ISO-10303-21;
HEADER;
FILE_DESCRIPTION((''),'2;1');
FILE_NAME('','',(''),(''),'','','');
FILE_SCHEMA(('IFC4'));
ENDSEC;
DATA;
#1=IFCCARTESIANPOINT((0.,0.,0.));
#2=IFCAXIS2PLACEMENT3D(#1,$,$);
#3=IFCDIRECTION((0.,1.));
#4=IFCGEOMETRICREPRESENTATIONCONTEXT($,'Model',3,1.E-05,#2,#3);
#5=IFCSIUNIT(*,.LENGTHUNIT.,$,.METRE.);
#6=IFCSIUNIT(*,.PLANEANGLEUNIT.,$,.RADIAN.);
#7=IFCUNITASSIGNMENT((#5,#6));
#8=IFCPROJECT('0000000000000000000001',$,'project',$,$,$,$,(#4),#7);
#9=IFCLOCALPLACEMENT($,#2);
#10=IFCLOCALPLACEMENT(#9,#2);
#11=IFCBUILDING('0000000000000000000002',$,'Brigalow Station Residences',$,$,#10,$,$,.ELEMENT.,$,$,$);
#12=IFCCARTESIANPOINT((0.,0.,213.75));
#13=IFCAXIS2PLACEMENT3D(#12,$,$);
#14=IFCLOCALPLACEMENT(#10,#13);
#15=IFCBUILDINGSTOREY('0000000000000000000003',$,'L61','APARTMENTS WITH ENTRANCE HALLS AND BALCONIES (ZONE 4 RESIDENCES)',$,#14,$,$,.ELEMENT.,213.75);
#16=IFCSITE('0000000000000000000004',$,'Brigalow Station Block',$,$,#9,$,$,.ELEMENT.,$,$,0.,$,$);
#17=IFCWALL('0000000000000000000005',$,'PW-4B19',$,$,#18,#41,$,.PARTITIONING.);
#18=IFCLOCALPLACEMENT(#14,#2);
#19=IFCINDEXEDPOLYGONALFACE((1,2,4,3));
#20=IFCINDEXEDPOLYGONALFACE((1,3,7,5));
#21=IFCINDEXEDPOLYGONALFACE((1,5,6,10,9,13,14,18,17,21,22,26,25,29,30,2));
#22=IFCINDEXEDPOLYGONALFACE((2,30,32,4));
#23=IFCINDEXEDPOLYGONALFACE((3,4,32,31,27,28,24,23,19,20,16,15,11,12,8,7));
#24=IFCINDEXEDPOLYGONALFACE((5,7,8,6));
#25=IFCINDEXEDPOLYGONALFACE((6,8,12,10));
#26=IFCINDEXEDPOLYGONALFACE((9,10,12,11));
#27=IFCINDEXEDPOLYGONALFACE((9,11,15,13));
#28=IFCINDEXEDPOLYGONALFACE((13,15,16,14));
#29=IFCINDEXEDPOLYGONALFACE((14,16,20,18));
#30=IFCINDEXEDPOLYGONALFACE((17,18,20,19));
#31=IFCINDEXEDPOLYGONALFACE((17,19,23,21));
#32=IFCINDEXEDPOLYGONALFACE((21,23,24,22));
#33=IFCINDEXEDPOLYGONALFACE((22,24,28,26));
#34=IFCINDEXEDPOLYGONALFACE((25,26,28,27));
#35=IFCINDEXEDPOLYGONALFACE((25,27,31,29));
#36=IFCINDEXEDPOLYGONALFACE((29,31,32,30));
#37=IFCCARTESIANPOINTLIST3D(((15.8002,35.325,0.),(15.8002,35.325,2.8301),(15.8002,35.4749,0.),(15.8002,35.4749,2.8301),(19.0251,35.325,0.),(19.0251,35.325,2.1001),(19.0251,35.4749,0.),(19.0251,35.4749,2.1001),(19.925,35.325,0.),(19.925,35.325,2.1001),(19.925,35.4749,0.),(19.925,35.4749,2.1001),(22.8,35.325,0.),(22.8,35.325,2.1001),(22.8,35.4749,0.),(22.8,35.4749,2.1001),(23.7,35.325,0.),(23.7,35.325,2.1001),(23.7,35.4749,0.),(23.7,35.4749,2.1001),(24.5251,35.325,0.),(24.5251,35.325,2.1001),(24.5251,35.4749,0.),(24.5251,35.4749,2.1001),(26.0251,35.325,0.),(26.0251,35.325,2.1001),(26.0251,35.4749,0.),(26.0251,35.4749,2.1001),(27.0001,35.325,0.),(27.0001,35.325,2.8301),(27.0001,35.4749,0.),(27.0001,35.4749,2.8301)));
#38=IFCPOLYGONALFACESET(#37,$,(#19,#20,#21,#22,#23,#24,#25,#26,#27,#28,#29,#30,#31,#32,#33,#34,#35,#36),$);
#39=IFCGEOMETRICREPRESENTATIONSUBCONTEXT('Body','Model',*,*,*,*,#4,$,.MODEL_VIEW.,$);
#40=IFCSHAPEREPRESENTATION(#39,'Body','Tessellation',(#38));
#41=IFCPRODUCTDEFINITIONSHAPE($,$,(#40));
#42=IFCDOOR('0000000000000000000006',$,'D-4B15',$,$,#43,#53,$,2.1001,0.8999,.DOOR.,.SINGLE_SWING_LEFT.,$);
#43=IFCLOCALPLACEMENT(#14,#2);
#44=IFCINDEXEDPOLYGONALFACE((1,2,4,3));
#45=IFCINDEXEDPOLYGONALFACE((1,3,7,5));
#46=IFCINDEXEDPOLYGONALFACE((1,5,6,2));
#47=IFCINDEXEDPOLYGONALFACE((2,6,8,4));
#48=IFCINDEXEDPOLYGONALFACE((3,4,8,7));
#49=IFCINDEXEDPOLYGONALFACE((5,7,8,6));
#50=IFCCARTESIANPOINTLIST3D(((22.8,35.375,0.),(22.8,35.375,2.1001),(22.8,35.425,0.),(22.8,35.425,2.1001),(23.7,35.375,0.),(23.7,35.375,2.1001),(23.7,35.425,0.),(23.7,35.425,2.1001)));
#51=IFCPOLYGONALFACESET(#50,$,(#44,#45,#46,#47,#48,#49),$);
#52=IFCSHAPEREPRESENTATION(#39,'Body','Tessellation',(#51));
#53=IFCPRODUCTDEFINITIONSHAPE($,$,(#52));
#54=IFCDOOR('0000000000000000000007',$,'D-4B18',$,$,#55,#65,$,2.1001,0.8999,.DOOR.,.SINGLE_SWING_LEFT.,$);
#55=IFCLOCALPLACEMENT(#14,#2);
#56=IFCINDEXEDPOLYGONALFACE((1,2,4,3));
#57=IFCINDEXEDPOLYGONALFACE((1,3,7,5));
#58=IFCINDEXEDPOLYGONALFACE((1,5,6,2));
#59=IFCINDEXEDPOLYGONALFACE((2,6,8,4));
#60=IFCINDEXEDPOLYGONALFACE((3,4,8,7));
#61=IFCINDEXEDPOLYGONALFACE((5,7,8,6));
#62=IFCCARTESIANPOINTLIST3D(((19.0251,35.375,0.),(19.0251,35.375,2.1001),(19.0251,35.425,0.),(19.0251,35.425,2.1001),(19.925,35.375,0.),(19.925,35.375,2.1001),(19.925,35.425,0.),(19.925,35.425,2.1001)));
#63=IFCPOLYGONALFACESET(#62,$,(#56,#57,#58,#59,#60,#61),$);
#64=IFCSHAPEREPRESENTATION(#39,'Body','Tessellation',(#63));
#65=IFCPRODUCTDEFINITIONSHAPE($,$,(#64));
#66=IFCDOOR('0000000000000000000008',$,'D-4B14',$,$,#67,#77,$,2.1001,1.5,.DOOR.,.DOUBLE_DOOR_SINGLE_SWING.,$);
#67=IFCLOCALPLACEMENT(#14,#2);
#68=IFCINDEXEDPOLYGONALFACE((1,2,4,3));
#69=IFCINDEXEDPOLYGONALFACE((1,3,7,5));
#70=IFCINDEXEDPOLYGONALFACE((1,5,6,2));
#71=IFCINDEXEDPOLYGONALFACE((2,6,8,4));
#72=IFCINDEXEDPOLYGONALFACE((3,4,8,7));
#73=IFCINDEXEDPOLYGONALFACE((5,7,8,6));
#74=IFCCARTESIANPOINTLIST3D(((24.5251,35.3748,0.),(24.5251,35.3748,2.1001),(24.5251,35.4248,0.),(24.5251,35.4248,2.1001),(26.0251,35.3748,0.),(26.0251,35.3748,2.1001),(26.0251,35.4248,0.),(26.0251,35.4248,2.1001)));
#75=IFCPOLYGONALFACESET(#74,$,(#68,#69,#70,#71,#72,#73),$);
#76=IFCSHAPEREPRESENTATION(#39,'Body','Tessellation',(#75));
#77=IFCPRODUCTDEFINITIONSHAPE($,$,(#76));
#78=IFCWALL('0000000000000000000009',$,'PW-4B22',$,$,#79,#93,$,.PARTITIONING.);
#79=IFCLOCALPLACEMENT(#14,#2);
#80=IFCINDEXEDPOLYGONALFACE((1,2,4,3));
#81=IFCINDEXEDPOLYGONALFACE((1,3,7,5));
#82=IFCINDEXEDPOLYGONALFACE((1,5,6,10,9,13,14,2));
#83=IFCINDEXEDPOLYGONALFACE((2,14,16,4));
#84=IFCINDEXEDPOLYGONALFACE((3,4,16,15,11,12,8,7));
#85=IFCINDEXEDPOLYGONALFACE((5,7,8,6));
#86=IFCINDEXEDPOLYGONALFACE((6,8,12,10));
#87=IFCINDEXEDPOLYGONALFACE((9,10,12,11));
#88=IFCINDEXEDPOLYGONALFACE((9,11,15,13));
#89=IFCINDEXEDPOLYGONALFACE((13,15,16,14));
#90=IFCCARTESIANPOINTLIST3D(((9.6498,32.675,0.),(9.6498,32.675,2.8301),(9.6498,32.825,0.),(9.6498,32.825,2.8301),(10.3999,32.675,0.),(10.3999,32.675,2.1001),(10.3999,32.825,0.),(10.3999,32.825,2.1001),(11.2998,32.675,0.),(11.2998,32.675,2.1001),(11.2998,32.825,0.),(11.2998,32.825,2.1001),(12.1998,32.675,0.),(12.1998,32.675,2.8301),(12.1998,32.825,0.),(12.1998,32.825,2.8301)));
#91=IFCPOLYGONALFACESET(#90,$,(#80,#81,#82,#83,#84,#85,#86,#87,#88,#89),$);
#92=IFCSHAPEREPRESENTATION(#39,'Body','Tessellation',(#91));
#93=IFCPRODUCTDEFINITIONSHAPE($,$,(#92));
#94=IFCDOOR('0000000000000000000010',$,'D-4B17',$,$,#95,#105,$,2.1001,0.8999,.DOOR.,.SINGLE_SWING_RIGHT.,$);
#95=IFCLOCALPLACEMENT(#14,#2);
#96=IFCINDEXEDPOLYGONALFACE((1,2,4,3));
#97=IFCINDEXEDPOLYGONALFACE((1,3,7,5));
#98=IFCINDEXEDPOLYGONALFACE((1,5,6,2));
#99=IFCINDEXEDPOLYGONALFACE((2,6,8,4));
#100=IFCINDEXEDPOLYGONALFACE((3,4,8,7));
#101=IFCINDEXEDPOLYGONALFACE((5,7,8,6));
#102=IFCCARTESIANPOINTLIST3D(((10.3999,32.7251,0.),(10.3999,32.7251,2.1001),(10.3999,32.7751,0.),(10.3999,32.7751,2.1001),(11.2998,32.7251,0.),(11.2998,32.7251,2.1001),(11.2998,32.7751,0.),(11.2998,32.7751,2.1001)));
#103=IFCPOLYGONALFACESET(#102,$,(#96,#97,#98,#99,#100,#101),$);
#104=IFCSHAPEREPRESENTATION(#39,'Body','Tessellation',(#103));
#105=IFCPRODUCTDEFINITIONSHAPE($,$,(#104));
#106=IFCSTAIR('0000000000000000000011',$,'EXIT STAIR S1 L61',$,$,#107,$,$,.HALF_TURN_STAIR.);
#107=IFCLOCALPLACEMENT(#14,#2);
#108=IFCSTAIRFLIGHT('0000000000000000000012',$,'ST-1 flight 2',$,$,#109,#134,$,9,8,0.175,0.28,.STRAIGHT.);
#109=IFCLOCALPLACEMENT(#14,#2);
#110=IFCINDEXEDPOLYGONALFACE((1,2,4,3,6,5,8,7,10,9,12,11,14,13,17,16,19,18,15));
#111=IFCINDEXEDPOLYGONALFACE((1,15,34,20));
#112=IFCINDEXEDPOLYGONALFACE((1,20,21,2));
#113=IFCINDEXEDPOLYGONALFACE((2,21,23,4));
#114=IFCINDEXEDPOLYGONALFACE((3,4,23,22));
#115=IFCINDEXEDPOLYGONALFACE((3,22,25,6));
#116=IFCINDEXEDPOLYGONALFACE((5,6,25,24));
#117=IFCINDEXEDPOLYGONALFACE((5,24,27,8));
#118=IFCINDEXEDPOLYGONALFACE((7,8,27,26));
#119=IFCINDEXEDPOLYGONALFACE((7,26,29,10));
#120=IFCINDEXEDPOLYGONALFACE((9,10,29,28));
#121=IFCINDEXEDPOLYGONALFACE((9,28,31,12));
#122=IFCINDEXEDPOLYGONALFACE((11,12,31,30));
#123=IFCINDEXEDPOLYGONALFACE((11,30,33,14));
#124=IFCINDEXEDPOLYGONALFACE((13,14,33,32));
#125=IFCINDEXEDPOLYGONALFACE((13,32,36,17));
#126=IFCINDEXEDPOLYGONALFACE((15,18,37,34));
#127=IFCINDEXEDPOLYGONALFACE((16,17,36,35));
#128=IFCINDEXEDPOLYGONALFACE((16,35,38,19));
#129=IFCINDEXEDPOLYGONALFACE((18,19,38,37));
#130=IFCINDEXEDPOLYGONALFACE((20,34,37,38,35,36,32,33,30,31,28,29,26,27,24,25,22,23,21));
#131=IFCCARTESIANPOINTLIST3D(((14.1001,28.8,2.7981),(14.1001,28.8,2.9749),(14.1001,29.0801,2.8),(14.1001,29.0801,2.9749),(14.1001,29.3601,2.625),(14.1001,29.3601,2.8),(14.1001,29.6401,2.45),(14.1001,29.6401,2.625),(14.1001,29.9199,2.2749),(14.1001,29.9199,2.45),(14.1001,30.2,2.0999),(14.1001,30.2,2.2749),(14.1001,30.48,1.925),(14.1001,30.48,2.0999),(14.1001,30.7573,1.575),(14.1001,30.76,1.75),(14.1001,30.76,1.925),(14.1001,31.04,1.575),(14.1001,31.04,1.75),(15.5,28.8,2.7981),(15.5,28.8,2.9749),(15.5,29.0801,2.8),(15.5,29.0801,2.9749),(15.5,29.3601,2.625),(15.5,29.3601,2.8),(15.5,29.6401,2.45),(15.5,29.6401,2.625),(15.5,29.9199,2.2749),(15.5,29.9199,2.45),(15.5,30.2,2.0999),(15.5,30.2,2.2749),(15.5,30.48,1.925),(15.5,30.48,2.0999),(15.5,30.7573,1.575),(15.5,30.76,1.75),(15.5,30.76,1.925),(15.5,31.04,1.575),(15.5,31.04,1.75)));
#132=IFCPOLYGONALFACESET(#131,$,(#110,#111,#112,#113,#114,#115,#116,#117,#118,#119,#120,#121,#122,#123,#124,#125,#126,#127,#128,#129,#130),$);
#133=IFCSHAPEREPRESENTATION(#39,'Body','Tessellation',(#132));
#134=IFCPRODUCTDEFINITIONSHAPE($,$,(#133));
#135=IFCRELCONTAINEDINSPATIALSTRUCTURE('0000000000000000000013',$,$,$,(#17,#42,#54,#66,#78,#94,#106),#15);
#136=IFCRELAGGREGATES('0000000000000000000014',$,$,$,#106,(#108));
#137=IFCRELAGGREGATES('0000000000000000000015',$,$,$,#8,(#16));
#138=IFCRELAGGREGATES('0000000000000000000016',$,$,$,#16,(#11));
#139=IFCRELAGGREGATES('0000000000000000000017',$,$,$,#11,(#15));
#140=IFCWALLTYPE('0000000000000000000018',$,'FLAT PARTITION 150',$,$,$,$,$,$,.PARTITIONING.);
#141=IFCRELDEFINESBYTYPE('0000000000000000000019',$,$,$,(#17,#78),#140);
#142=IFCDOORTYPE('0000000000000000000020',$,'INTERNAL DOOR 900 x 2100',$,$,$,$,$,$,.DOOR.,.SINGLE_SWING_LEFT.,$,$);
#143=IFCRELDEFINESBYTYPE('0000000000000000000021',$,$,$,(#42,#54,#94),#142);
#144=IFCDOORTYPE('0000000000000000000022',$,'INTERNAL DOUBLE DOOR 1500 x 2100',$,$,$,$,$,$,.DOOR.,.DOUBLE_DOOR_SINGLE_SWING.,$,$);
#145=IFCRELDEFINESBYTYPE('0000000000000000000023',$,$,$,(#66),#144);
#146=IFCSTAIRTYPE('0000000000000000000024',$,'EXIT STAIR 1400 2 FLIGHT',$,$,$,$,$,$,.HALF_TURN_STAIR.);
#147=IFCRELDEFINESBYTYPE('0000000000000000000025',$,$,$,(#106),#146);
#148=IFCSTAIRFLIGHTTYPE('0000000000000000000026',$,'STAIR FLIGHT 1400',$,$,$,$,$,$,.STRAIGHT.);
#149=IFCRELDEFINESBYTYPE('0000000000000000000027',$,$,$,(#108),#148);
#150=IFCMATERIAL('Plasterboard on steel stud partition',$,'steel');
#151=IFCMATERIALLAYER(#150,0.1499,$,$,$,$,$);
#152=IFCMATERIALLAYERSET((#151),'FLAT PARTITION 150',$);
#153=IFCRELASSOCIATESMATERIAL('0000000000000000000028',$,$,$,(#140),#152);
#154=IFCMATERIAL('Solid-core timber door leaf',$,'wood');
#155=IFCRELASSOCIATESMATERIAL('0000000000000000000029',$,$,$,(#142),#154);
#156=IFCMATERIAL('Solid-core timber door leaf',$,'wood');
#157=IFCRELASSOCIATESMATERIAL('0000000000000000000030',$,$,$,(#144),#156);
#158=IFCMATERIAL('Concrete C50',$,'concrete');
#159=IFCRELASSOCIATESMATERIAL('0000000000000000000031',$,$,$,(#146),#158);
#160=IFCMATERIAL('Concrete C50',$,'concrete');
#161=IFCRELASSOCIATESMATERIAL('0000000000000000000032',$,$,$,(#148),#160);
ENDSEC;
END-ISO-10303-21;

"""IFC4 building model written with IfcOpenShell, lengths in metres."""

from ifc_helpers import new_model, si_unit, direction, frame, frame_2d, origin, place, context, subcontext, project, spatial, polyline, rectangle, outline, extrude, material, layer, layer_set, type_object, element, fill, aggregate, save


model = new_model("IFC4")

# Units and contexts
model_context = context("Model", 3, precision=1e-05, world=origin(), true_north=direction((0.0, 1.0)))
body_context = subcontext(model_context, "Body", "Model", "MODEL_VIEW")
ifc_project = project(units=[si_unit("LENGTHUNIT", "METRE"), si_unit("PLANEANGLEUNIT", "RADIAN")], contexts=[model_context])

# Site, building, storey
site_placement = place(None, origin())
site = spatial("IfcSite", under=ifc_project, at=site_placement, Name="Brigalow Station Block", CompositionType="ELEMENT", RefElevation=0.0)
building_placement = place(site_placement, origin())
building = spatial("IfcBuilding", under=site, at=building_placement, Name="Brigalow Station Residences", CompositionType="ELEMENT")
storey_placement = place(building_placement, frame((0.0, 0.0, 213.75)))
storey = spatial("IfcBuildingStorey", under=building, at=storey_placement, Name="L61", Description="APARTMENTS WITH ENTRANCE HALLS AND BALCONIES (ZONE 4 RESIDENCES)", CompositionType="ELEMENT", Elevation=213.75)

# Wall, openings, doors
ifc_material_1 = material(Name="Plasterboard on steel stud partition", Category="steel")
ifc_layer_1 = layer(ifc_material_1, 0.1499)
ifc_layer_set_1 = layer_set([ifc_layer_1], Name="FLAT PARTITION 150")
wall_type_1 = type_object("IfcWallType", Name="FLAT PARTITION 150", PredefinedType="PARTITIONING", material=ifc_layer_set_1)
wall_1_placement = place(storey_placement, frame((15.8, 35.3999, 0.0), z_axis=(0.0, 0.0, 1.0), x_axis=(1.0, 0.0, 0.0)))
wall_1 = element("IfcWall", 1, at=wall_1_placement, inside=storey, type_object=wall_type_1, Name="PW-4B19", PredefinedType="PARTITIONING", context=body_context, shape_type="SweptSolid", body=[
    extrude(rectangle(XDim=11.2, YDim=0.1499, at=frame_2d((5.6001, 0.0))), origin(), (0.0, 0.0, 1.0), 2.8301),
])
opening_1_placement = place(wall_1_placement, frame((8.7251, 0.0, 0.0)))
opening_1 = element("IfcOpeningElement", 2, at=opening_1_placement, cuts=wall_1, PredefinedType="OPENING", context=body_context, shape_type="SweptSolid", body=[
    extrude(rectangle(XDim=1.5, YDim=2.1001, at=frame_2d((0.75, 1.05))), frame((0.0, 0.085, 0.0), z_axis=(0.0, -1.0, 0.0), x_axis=(1.0, 0.0, 0.0)), (0.0, 0.0, 1.0), 0.1699),
])
opening_2_placement = place(wall_1_placement, frame((7.0, 0.0, 0.0)))
opening_2 = element("IfcOpeningElement", 3, at=opening_2_placement, cuts=wall_1, PredefinedType="OPENING", context=body_context, shape_type="SweptSolid", body=[
    extrude(rectangle(XDim=0.8999, YDim=2.1001, at=frame_2d((0.45, 1.05))), frame((0.0, 0.085, 0.0), z_axis=(0.0, -1.0, 0.0), x_axis=(1.0, 0.0, 0.0)), (0.0, 0.0, 1.0), 0.1699),
])
opening_3_placement = place(wall_1_placement, frame((3.2251, 0.0, 0.0)))
opening_3 = element("IfcOpeningElement", 4, at=opening_3_placement, cuts=wall_1, PredefinedType="OPENING", context=body_context, shape_type="SweptSolid", body=[
    extrude(rectangle(XDim=0.8999, YDim=2.1001, at=frame_2d((0.45, 1.05))), frame((0.0, 0.085, 0.0), z_axis=(0.0, -1.0, 0.0), x_axis=(1.0, 0.0, 0.0)), (0.0, 0.0, 1.0), 0.1699),
])
ifc_material_2 = material(Name="Solid-core timber door leaf", Category="wood")
door_type_1 = type_object("IfcDoorType", Name="INTERNAL DOOR 900 x 2100", OperationType="SINGLE_SWING_LEFT", PredefinedType="DOOR", material=ifc_material_2)
door_1_placement = place(opening_2_placement, frame((0.8999, 0.0, 0.0), z_axis=(0.0, 0.0, 1.0), x_axis=(-1.0, 0.0, 0.0)))
door_1 = element("IfcDoor", 5, at=door_1_placement, inside=storey, type_object=door_type_1, Name="D-4B15", OperationType="SINGLE_SWING_LEFT", OverallHeight=2.1001, OverallWidth=0.8999, PredefinedType="DOOR", context=body_context, shape_type="SweptSolid", body=[
    extrude(rectangle(XDim=0.8999, YDim=2.1001, at=frame_2d((0.45, 1.05))), frame((0.0, 0.0249, 0.0), z_axis=(0.0, -1.0, 0.0), x_axis=(1.0, 0.0, 0.0)), (0.0, 0.0, 1.0), 0.05),
])
fill(opening_2, door_1)
door_2_placement = place(opening_3_placement, frame((0.8999, 0.0, 0.0), z_axis=(0.0, 0.0, 1.0), x_axis=(-1.0, 0.0, 0.0)))
door_2 = element("IfcDoor", 6, at=door_2_placement, inside=storey, type_object=door_type_1, Name="D-4B18", OperationType="SINGLE_SWING_LEFT", OverallHeight=2.1001, OverallWidth=0.8999, PredefinedType="DOOR", context=body_context, shape_type="SweptSolid", body=[
    extrude(rectangle(XDim=0.8999, YDim=2.1001, at=frame_2d((0.45, 1.05))), frame((0.0, 0.0249, 0.0), z_axis=(0.0, -1.0, 0.0), x_axis=(1.0, 0.0, 0.0)), (0.0, 0.0, 1.0), 0.05),
])
fill(opening_3, door_2)
ifc_material_3 = material(Name="Solid-core timber door leaf", Category="wood")
door_type_2 = type_object("IfcDoorType", Name="INTERNAL DOUBLE DOOR 1500 x 2100", OperationType="DOUBLE_DOOR_SINGLE_SWING", PredefinedType="DOOR", material=ifc_material_3)
door_3_placement = place(opening_1_placement, origin())
door_3 = element("IfcDoor", 7, at=door_3_placement, inside=storey, type_object=door_type_2, Name="D-4B14", OperationType="DOUBLE_DOOR_SINGLE_SWING", OverallHeight=2.1001, OverallWidth=1.5, PredefinedType="DOOR", context=body_context, shape_type="SweptSolid", body=[
    extrude(rectangle(XDim=1.5, YDim=2.1001, at=frame_2d((0.75, 1.05))), frame((0.0, 0.0249, 0.0), z_axis=(0.0, -1.0, 0.0), x_axis=(1.0, 0.0, 0.0)), (0.0, 0.0, 1.0), 0.05),
])
fill(opening_1, door_3)

# Wall, opening, door
wall_2_placement = place(storey_placement, frame((9.6499, 32.75, 0.0), z_axis=(0.0, 0.0, 1.0), x_axis=(1.0, 0.0, 0.0)))
wall_2 = element("IfcWall", 8, at=wall_2_placement, inside=storey, type_object=wall_type_1, Name="PW-4B22", PredefinedType="PARTITIONING", context=body_context, shape_type="SweptSolid", body=[
    extrude(rectangle(XDim=2.55, YDim=0.1499, at=frame_2d((1.2749, 0.0))), origin(), (0.0, 0.0, 1.0), 2.8301),
])
opening_4_placement = place(wall_2_placement, frame((0.75, 0.0, 0.0)))
opening_4 = element("IfcOpeningElement", 9, at=opening_4_placement, cuts=wall_2, PredefinedType="OPENING", context=body_context, shape_type="SweptSolid", body=[
    extrude(rectangle(XDim=0.8999, YDim=2.1001, at=frame_2d((0.45, 1.05))), frame((0.0, 0.085, 0.0), z_axis=(0.0, -1.0, 0.0), x_axis=(1.0, 0.0, 0.0)), (0.0, 0.0, 1.0), 0.1699),
])
door_4_placement = place(opening_4_placement, frame((0.8999, 0.0, 0.0), z_axis=(0.0, 0.0, 1.0), x_axis=(-1.0, 0.0, 0.0)))
door_4 = element("IfcDoor", 10, at=door_4_placement, inside=storey, type_object=door_type_1, Name="D-4B17", OperationType="SINGLE_SWING_RIGHT", OverallHeight=2.1001, OverallWidth=0.8999, PredefinedType="DOOR", context=body_context, shape_type="SweptSolid", body=[
    extrude(rectangle(XDim=0.8999, YDim=2.1001, at=frame_2d((0.45, 1.05))), frame((0.0, 0.0249, 0.0), z_axis=(0.0, -1.0, 0.0), x_axis=(1.0, 0.0, 0.0)), (0.0, 0.0, 1.0), 0.05),
])
fill(opening_4, door_4)

# Stair, stair flight
ifc_material_4 = material(Name="Concrete C50", Category="concrete")
stair_type = type_object("IfcStairType", Name="EXIT STAIR 1400 2 FLIGHT", PredefinedType="HALF_TURN_STAIR", material=ifc_material_4)
stair_placement = place(storey_placement, origin())
stair = element("IfcStair", 11, at=stair_placement, inside=storey, type_object=stair_type, Name="EXIT STAIR S1 L61", PredefinedType="HALF_TURN_STAIR")
ifc_material_5 = material(Name="Concrete C50", Category="concrete")
stair_flight_type = type_object("IfcStairFlightType", Name="STAIR FLIGHT 1400", PredefinedType="STRAIGHT", material=ifc_material_5)
stair_flight_placement = place(storey_placement, frame((14.8, 31.04, 1.575), z_axis=(0.0, 0.0, 1.0), x_axis=(0.0, -1.0, 0.0)))
stair_flight = element("IfcStairFlight", 12, at=stair_flight_placement, type_object=stair_flight_type, Name="ST-1 flight 2", NumberOfRisers=9, NumberOfTreads=8, PredefinedType="STRAIGHT", RiserHeight=0.175, TreadLength=0.28, context=body_context, shape_type="SweptSolid", body=[
    extrude(outline(polyline([(0.0, 0.0), (0.0, 0.175), (0.28, 0.175), (0.28, 0.3501), (0.5601, 0.3501), (0.5601, 0.5249), (0.8401, 0.5249), (0.8401, 0.7), (1.1201, 0.7), (1.1201, 0.875), (1.3999, 0.875), (1.3999, 1.05), (1.6799, 1.05), (1.6799, 1.2251), (1.96, 1.2251), (1.96, 1.3999), (2.24, 1.3999), (2.24, 1.575), (2.24, 1.2231), (0.2827, 0.0), (0.0, 0.0)])), frame((0.0, 0.7, 0.0), z_axis=(0.0, -1.0, 0.0), x_axis=(1.0, 0.0, 0.0)), (0.0, 0.0, 1.0), 1.3999),
])
aggregate(stair, [stair_flight])

save(model, "model.ifc")
